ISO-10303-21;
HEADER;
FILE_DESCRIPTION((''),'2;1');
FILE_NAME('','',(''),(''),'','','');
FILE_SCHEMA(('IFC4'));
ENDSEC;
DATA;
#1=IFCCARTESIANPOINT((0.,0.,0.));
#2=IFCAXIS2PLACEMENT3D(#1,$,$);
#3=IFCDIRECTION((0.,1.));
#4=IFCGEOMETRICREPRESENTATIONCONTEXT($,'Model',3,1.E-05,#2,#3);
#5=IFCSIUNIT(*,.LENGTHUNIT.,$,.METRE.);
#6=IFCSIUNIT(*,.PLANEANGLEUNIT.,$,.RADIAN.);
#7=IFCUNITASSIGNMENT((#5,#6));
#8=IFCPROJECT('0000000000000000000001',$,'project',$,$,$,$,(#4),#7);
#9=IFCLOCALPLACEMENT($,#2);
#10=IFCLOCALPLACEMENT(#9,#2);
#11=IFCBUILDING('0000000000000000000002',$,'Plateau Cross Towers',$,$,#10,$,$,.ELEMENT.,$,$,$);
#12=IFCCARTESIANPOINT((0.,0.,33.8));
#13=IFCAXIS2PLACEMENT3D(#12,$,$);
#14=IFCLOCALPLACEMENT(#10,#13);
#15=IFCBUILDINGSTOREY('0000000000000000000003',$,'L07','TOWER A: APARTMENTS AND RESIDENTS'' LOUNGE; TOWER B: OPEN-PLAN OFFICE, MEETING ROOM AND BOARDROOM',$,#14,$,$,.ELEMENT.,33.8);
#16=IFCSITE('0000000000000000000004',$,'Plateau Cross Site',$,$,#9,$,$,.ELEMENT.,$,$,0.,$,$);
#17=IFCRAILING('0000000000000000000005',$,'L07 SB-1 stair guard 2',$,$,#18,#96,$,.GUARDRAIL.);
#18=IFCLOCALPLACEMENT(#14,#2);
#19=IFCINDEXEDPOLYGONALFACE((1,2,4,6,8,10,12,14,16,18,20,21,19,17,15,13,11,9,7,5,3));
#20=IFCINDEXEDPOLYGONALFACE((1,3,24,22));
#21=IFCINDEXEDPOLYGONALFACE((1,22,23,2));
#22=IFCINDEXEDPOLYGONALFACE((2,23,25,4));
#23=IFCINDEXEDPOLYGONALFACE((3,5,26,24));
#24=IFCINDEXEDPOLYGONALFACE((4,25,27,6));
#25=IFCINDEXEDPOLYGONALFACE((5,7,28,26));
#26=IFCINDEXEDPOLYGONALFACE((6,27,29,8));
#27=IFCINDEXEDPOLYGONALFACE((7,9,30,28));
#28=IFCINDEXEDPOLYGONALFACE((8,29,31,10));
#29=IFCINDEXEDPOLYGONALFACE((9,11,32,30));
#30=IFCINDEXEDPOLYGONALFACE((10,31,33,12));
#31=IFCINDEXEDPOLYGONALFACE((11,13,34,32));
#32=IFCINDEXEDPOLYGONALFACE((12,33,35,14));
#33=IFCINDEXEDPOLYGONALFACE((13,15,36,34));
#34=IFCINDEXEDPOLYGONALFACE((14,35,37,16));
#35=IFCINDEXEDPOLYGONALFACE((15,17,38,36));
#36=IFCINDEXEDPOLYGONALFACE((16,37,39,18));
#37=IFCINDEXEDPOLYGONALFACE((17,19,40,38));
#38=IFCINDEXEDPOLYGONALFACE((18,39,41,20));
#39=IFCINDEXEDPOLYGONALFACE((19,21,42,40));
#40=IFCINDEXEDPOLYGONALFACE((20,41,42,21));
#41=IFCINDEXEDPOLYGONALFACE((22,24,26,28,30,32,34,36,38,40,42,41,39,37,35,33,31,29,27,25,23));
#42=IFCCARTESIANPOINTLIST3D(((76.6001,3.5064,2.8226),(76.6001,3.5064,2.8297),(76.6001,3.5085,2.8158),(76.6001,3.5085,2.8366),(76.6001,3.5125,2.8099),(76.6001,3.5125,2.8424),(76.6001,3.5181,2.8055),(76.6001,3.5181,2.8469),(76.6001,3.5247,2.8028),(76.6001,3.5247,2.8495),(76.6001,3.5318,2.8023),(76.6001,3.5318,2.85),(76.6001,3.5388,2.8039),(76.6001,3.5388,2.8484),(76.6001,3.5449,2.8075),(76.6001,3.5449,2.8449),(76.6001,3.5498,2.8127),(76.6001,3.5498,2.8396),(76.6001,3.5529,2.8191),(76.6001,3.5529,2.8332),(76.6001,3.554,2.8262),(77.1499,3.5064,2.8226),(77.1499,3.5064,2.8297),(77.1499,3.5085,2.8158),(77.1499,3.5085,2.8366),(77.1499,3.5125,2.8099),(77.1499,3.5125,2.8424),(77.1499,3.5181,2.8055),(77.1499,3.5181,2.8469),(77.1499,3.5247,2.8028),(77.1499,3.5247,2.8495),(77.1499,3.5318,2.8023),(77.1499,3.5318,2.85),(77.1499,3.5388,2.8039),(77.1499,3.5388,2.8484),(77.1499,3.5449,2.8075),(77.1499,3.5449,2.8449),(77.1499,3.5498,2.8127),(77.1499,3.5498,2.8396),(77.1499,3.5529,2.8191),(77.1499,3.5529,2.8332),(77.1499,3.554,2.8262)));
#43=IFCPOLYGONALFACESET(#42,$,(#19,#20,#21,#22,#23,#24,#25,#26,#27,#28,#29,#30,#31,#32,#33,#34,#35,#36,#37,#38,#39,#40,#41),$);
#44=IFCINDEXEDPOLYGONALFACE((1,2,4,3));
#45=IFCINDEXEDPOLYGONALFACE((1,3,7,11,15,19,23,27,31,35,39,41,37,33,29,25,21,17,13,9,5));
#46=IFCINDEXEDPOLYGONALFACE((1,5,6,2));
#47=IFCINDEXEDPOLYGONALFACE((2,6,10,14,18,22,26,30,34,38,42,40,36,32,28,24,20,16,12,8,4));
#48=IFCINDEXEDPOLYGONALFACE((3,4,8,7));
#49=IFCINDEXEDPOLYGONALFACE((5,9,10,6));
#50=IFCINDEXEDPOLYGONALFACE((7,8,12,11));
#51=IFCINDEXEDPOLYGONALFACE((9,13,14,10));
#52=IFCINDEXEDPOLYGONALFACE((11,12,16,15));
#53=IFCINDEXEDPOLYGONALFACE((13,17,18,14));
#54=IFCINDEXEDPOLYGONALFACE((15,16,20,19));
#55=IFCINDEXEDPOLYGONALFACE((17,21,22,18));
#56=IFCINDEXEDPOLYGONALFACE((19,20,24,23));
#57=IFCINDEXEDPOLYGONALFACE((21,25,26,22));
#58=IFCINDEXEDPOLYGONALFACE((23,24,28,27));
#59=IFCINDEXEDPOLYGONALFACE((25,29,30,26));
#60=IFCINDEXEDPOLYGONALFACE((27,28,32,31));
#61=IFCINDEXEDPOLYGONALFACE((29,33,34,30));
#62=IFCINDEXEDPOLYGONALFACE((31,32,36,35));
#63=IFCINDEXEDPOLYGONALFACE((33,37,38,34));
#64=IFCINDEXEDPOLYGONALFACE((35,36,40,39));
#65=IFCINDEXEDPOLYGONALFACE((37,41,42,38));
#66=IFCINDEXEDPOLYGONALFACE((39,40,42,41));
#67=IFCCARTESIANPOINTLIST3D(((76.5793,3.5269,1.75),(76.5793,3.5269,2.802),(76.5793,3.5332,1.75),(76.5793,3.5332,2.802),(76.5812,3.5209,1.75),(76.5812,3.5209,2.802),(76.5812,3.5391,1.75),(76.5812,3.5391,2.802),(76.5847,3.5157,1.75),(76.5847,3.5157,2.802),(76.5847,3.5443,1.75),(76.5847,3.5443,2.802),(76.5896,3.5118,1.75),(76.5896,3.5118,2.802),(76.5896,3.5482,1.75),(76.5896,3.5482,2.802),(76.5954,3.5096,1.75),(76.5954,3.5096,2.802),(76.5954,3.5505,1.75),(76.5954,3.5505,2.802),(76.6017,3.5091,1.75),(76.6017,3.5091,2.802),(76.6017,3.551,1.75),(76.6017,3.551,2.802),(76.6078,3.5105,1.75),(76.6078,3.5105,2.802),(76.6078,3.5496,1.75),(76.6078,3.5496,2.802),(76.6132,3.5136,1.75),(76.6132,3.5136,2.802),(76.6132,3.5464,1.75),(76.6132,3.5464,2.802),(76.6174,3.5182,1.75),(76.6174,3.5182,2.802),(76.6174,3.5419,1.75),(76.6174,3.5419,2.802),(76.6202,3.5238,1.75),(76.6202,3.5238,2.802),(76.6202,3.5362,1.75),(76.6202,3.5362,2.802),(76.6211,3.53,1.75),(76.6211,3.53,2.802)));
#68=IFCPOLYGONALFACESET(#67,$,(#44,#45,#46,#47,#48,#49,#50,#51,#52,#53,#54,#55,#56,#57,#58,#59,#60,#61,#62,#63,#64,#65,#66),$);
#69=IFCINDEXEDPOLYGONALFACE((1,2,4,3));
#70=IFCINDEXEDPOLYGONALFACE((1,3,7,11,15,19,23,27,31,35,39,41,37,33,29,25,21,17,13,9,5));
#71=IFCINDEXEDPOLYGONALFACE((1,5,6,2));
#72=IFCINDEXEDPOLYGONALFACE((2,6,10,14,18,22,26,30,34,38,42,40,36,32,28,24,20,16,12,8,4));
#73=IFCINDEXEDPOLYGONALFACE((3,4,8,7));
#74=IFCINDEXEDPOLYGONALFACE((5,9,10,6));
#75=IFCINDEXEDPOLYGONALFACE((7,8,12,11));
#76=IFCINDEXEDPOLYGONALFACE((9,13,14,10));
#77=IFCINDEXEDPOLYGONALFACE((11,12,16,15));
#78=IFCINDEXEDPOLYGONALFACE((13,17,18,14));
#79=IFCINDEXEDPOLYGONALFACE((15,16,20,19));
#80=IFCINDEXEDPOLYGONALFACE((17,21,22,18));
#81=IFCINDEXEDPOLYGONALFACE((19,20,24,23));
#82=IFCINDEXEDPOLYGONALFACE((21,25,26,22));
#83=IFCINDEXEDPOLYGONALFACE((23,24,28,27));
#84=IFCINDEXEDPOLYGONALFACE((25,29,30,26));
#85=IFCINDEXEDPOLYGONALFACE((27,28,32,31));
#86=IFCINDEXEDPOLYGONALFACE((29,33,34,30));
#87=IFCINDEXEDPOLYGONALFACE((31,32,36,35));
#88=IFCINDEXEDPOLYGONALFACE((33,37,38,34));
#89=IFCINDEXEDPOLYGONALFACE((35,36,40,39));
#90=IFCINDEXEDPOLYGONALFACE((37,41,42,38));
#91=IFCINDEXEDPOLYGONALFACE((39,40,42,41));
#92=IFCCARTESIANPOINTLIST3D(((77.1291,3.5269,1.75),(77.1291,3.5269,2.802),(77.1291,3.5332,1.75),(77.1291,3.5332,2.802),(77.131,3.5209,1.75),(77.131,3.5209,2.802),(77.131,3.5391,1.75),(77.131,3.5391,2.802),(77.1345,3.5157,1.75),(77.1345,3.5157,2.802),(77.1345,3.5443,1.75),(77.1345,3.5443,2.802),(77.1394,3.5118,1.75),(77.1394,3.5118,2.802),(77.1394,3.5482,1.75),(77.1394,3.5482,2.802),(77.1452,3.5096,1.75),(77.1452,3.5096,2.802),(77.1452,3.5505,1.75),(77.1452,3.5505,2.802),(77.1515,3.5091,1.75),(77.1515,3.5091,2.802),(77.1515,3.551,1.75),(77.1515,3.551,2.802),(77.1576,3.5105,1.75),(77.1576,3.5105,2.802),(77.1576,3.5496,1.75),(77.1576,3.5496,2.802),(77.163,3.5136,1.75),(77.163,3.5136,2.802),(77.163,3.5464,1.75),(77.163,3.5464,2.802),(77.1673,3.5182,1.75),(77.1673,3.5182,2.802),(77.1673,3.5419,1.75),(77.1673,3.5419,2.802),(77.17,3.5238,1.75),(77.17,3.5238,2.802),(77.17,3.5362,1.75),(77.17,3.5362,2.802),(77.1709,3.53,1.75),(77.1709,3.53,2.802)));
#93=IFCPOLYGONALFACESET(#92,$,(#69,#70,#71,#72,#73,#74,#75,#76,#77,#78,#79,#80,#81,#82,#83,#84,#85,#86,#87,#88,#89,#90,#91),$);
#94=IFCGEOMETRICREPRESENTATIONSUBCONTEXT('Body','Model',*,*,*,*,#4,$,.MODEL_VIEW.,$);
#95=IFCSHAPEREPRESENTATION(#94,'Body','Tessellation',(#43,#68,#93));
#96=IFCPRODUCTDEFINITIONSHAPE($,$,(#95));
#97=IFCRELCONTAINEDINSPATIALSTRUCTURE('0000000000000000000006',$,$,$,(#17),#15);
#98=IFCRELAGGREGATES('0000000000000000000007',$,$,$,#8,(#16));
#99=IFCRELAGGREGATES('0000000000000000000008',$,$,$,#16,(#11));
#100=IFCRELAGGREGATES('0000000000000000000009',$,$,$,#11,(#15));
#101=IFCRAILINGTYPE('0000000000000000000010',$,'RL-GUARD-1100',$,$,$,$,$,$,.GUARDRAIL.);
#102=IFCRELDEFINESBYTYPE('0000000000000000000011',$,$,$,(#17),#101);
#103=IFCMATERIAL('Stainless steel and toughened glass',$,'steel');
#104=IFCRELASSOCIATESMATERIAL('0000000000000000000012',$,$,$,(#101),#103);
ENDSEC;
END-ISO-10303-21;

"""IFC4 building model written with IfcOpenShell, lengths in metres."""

from ifc_helpers import new_model, si_unit, direction, frame, origin, origin_2d, place, context, subcontext, project, spatial, circle, extrude, material, type_object, element, save


model = new_model("IFC4")

# Units and contexts
model_context = context("Model", 3, precision=1e-05, world=origin(), true_north=direction((0.0, 1.0)))
body_context = subcontext(model_context, "Body", "Model", "MODEL_VIEW")
ifc_project = project(units=[si_unit("LENGTHUNIT", "METRE"), si_unit("PLANEANGLEUNIT", "RADIAN")], contexts=[model_context])

# Site, building, storey
site_placement = place(None, origin())
site = spatial("IfcSite", under=ifc_project, at=site_placement, Name="Plateau Cross Site", CompositionType="ELEMENT", RefElevation=0.0)
building_placement = place(site_placement, origin())
building = spatial("IfcBuilding", under=site, at=building_placement, Name="Plateau Cross Towers", CompositionType="ELEMENT")
storey_placement = place(building_placement, frame((0.0, 0.0, 33.8)))
storey = spatial("IfcBuildingStorey", under=building, at=storey_placement, Name="L07", Description="TOWER A: APARTMENTS AND RESIDENTS' LOUNGE; TOWER B: OPEN-PLAN OFFICE, MEETING ROOM AND BOARDROOM", CompositionType="ELEMENT", Elevation=33.8)

# Railing
ifc_material_1 = material(Name="Stainless steel and toughened glass", Category="steel")
railing_type_1 = type_object("IfcRailingType", Name="RL-GUARD-1100", PredefinedType="GUARDRAIL", material=ifc_material_1)
railing_1_placement = place(storey_placement, frame((76.6001, 3.53, 1.75)))
element("IfcRailing", 1, at=railing_1_placement, inside=storey, type_object=railing_type_1, Name="L07 SB-1 stair guard 2", PredefinedType="GUARDRAIL", context=body_context, shape_type="SweptSolid", body=[
    extrude(circle(Radius=0.0239, at=origin_2d()), frame((0.0, 0.0, 1.0762), z_axis=(1.0, 0.0, 0.0), x_axis=(0.0, 1.0, 0.0)), (0.0, 0.0, 1.0), 0.5498),
    extrude(circle(Radius=0.021, at=origin_2d()), origin(), (0.0, 0.0, 1.0), 1.052),
    extrude(circle(Radius=0.021, at=origin_2d()), frame((0.5498, 0.0, 0.0)), (0.0, 0.0, 1.0), 1.052),
])

save(model, "model.ifc")
